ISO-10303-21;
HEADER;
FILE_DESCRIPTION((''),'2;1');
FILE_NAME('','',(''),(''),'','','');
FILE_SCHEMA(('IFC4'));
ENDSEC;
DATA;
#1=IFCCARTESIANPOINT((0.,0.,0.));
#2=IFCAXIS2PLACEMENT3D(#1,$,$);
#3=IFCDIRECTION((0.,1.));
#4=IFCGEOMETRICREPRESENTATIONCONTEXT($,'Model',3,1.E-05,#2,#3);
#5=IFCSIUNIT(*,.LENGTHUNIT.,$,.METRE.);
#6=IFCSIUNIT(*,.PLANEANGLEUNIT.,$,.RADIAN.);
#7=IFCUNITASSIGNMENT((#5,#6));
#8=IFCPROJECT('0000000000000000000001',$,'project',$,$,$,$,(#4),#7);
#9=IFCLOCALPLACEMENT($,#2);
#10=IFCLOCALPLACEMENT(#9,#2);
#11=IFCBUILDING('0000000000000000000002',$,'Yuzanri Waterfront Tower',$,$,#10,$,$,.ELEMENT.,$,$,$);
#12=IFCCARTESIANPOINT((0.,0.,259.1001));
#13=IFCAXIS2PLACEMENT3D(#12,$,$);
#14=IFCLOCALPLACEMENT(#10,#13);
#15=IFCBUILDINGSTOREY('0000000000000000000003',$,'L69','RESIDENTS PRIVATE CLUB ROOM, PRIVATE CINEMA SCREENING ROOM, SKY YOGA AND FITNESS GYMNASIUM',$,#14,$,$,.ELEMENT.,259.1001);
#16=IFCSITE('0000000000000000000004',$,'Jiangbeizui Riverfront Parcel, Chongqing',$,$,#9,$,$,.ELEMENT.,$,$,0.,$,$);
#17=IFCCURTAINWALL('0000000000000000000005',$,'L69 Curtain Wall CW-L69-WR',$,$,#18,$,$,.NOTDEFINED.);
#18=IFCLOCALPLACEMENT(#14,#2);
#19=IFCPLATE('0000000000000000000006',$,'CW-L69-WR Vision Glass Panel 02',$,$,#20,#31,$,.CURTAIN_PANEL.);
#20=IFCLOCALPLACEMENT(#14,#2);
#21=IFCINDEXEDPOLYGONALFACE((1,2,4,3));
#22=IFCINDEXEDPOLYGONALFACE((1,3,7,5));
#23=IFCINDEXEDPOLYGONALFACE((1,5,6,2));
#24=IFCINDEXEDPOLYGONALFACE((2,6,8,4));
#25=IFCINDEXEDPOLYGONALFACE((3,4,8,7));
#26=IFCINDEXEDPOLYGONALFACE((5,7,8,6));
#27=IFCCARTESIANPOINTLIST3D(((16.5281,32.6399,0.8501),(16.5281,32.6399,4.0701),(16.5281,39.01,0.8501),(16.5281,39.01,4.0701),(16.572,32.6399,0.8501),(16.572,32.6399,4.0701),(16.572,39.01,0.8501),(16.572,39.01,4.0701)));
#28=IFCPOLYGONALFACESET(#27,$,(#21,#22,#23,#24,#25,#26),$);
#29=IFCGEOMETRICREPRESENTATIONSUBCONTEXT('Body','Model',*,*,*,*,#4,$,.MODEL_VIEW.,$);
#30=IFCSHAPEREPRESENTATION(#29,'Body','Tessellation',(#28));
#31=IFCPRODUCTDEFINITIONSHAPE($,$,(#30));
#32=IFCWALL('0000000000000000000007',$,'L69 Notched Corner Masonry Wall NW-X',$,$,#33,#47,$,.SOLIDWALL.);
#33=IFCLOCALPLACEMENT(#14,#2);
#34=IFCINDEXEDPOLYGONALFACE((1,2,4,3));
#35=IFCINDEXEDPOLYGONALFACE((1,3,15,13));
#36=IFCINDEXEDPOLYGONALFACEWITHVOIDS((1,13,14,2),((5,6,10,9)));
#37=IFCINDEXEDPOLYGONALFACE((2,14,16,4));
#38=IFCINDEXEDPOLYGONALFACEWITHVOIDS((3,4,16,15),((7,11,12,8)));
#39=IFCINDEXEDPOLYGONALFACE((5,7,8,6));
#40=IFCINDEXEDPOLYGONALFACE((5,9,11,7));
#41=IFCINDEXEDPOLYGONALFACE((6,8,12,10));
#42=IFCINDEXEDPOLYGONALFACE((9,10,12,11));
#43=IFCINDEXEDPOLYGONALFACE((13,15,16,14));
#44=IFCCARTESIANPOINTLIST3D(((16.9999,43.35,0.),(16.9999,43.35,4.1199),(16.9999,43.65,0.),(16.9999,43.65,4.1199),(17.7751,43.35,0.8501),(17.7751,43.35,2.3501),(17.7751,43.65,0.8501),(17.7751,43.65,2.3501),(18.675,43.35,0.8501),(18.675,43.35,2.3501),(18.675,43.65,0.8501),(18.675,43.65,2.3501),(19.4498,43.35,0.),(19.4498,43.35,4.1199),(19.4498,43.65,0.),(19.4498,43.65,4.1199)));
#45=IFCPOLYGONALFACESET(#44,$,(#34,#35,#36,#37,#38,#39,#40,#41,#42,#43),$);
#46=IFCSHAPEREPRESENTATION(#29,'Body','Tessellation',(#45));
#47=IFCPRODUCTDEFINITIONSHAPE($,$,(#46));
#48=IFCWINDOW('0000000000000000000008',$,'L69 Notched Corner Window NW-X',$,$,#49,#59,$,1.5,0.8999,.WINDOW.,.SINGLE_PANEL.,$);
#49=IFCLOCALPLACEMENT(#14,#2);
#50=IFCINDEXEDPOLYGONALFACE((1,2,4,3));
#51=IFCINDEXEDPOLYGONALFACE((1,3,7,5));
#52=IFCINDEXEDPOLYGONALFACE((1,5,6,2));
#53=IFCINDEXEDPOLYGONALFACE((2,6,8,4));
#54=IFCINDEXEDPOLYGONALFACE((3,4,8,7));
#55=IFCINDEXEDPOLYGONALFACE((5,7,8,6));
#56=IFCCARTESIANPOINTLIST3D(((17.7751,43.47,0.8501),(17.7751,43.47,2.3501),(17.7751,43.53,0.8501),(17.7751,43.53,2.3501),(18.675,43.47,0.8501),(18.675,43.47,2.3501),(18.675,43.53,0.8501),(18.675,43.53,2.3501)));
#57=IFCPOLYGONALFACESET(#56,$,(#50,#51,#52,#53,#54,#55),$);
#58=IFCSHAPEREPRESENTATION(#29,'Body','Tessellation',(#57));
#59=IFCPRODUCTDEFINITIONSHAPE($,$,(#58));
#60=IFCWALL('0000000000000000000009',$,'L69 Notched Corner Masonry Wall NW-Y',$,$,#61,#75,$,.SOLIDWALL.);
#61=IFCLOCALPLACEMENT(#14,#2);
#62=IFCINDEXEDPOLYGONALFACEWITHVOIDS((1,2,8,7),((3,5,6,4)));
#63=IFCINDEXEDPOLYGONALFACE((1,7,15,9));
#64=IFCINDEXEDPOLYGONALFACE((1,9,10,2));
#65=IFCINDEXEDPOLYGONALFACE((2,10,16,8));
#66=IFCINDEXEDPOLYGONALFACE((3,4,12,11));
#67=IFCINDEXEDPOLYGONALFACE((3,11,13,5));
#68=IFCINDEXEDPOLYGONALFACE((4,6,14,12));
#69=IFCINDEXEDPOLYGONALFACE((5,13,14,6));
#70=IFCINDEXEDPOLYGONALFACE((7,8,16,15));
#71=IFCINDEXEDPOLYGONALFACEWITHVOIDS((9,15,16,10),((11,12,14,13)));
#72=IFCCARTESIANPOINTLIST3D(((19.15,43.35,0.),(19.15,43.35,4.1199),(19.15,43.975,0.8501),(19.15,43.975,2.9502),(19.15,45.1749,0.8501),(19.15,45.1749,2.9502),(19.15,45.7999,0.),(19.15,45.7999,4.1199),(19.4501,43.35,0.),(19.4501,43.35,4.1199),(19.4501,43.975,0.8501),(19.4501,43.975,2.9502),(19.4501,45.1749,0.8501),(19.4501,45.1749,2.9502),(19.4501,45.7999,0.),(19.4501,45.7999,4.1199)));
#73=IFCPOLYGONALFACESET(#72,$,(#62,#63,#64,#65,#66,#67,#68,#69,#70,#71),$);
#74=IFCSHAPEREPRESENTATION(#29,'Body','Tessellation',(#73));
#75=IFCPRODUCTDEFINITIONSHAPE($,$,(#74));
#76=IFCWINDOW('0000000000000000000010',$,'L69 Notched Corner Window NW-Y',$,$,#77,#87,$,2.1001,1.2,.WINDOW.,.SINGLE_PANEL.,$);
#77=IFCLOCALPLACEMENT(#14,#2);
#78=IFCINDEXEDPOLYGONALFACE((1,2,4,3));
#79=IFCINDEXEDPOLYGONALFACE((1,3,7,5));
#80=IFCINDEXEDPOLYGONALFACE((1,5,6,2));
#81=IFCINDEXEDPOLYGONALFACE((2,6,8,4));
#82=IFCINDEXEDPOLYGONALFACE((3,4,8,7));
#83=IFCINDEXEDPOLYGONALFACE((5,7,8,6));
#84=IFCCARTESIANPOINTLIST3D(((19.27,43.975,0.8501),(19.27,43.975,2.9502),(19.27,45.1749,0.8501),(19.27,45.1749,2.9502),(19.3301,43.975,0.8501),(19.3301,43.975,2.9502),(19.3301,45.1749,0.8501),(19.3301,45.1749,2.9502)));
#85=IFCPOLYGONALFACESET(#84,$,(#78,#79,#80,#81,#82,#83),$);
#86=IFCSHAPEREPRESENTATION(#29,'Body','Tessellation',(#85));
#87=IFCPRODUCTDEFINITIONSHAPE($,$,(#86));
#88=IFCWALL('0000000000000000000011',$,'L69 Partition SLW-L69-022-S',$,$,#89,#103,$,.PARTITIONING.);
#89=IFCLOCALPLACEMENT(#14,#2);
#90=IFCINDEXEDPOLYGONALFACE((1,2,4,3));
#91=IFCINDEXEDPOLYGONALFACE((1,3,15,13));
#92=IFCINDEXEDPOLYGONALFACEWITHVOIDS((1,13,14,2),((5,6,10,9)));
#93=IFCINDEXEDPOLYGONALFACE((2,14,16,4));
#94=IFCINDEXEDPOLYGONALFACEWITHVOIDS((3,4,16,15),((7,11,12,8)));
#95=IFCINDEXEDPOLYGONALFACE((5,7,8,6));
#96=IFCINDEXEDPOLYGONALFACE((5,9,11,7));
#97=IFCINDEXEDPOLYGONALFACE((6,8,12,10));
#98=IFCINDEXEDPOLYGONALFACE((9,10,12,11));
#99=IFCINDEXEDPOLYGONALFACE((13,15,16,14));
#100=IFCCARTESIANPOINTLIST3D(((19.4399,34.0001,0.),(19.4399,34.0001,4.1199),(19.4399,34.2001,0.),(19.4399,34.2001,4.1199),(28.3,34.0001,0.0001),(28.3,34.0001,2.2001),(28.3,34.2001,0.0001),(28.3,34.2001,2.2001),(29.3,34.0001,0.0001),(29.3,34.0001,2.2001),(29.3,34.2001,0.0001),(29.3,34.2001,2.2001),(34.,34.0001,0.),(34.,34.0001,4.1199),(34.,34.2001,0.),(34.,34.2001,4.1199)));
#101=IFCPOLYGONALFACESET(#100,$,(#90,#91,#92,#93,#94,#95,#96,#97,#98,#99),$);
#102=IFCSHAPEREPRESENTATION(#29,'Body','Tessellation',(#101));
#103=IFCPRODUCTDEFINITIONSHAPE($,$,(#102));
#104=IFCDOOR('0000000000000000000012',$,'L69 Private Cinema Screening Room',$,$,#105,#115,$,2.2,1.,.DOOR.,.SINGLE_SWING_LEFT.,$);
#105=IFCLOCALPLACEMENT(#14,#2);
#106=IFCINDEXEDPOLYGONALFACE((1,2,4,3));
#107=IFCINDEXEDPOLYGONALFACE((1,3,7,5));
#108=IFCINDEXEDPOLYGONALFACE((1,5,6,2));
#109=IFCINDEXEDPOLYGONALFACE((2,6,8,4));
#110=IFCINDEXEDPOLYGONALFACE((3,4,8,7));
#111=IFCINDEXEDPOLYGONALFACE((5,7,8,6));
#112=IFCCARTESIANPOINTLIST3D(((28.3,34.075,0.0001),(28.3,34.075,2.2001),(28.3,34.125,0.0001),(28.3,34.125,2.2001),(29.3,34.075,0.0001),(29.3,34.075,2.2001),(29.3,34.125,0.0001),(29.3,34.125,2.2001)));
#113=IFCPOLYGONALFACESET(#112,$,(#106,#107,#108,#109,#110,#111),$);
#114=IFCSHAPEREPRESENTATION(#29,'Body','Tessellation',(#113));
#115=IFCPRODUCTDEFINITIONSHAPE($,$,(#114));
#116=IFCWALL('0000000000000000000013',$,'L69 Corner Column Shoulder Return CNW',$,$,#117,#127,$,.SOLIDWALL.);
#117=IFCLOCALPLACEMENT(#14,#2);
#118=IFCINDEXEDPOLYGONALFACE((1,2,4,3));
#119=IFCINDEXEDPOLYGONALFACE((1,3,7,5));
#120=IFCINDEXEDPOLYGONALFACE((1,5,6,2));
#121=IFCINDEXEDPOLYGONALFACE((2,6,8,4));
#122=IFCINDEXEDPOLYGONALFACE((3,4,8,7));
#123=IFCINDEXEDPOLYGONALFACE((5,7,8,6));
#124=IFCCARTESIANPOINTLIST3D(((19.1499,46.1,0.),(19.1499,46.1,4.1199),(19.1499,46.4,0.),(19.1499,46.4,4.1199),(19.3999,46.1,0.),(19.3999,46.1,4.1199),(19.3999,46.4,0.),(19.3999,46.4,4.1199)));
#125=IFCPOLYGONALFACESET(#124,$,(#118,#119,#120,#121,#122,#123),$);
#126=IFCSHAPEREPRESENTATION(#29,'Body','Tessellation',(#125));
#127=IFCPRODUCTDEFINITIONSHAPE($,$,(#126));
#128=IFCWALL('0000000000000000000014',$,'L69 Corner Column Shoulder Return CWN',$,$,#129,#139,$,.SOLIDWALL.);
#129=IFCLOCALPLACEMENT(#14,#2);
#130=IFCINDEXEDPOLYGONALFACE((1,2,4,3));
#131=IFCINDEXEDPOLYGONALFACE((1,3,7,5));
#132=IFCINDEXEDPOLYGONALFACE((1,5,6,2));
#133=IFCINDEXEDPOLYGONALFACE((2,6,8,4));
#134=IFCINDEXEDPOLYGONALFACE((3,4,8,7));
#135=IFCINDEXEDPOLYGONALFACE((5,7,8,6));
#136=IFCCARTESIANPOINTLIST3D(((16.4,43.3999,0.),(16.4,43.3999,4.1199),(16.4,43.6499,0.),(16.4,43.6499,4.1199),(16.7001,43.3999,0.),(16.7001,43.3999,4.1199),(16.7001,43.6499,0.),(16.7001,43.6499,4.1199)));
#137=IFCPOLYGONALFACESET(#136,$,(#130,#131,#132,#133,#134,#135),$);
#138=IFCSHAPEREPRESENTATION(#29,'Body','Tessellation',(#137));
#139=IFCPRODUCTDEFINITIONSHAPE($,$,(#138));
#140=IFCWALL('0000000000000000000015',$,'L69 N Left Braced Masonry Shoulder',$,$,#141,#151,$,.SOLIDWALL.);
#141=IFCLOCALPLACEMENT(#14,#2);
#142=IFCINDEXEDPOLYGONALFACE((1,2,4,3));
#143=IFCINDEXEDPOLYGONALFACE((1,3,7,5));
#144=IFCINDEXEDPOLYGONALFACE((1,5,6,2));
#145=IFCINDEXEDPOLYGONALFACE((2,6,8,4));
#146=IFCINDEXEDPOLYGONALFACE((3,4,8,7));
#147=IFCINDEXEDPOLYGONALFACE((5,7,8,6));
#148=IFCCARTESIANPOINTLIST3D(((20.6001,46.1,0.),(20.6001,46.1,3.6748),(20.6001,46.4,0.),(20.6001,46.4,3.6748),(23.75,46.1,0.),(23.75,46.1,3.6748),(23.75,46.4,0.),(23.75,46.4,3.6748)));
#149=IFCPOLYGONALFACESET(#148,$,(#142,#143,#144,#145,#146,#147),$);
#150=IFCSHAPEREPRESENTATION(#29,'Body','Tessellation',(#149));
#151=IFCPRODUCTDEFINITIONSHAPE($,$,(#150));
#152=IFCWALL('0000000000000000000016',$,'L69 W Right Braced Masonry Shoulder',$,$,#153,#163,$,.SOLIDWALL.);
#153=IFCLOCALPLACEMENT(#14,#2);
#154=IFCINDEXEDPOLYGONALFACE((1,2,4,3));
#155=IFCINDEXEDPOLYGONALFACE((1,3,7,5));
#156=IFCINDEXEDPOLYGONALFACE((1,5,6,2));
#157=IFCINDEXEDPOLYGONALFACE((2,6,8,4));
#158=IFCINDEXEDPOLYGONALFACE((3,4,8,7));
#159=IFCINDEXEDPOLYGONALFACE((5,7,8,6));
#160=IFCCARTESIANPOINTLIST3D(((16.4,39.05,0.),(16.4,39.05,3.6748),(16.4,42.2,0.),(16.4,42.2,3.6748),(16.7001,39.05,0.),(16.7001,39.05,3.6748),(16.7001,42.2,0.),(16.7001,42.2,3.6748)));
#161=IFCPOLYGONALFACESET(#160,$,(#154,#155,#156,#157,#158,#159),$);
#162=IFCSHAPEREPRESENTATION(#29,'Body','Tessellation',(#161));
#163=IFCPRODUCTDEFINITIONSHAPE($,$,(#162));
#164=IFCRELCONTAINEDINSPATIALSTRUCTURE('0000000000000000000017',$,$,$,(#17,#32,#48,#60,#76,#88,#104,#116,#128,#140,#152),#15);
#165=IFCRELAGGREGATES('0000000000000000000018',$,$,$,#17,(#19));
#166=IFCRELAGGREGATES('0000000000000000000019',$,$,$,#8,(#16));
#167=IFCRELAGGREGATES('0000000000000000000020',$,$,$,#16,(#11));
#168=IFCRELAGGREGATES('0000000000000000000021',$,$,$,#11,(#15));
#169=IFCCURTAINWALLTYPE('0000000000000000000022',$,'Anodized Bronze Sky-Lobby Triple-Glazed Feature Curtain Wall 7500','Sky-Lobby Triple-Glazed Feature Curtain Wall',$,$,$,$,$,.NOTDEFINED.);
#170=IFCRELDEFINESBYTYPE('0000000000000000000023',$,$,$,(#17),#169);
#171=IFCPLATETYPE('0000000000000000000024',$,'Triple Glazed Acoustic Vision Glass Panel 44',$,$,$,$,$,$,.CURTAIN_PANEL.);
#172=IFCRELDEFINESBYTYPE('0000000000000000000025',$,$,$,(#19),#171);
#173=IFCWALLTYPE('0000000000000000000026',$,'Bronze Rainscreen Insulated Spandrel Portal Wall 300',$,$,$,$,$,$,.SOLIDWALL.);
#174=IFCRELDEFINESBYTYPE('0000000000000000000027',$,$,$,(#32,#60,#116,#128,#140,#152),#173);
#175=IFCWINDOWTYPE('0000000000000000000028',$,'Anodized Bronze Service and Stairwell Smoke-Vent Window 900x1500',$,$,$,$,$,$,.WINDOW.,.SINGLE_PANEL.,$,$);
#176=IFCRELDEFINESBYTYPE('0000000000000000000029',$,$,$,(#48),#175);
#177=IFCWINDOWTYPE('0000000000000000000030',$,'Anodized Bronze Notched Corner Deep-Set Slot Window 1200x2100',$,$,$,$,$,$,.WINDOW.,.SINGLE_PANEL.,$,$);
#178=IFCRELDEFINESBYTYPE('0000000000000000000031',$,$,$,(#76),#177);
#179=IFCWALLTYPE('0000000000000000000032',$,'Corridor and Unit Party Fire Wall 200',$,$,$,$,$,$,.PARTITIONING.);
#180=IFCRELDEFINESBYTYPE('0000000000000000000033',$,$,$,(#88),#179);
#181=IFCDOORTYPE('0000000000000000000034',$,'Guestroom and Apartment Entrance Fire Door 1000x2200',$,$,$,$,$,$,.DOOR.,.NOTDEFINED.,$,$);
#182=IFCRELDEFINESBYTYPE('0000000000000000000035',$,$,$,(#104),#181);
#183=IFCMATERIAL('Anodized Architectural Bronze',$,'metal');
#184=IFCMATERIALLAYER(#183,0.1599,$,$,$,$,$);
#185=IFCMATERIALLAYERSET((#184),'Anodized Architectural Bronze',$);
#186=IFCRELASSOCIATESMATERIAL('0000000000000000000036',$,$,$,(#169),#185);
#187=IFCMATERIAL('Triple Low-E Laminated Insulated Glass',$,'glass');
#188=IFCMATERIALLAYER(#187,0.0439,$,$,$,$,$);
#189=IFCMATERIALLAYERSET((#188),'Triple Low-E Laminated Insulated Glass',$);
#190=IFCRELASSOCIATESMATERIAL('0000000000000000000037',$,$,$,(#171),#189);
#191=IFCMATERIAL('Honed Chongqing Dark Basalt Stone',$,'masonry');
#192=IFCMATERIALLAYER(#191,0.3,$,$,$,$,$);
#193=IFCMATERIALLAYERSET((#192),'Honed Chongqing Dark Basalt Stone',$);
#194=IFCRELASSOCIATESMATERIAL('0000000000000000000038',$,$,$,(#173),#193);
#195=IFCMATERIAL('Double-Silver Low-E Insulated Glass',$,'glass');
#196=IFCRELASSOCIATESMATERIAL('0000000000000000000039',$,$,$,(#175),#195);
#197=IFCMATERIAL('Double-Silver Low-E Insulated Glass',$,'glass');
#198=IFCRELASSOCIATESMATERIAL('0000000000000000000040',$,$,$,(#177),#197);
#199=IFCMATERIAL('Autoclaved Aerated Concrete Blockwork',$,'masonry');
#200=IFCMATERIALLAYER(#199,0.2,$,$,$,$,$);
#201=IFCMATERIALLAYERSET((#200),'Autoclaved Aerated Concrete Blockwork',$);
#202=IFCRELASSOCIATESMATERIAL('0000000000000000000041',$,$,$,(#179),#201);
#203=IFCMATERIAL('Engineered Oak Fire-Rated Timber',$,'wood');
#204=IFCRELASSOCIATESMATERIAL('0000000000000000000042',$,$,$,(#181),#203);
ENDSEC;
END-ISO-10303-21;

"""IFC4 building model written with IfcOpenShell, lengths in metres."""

from ifc_helpers import new_model, si_unit, direction, frame, frame_2d, origin, origin_2d, place, context, subcontext, project, spatial, rectangle, extrude, source, transform, mapped, material, layer, layer_set, type_object, element, fill, aggregate, save


model = new_model("IFC4")

# Units and contexts
model_context = context("Model", 3, precision=1e-05, world=origin(), true_north=direction((0.0, 1.0)))
body_context = subcontext(model_context, "Body", "Model", "MODEL_VIEW")
ifc_project = project(units=[si_unit("LENGTHUNIT", "METRE"), si_unit("PLANEANGLEUNIT", "RADIAN")], contexts=[model_context])

# Site, building, storey
site_placement = place(None, origin())
site = spatial("IfcSite", under=ifc_project, at=site_placement, Name="Jiangbeizui Riverfront Parcel, Chongqing", CompositionType="ELEMENT", RefElevation=0.0)
building_placement = place(site_placement, origin())
building = spatial("IfcBuilding", under=site, at=building_placement, Name="Yuzanri Waterfront Tower", CompositionType="ELEMENT")
storey_placement = place(building_placement, frame((0.0, 0.0, 259.1001)))
storey = spatial("IfcBuildingStorey", under=building, at=storey_placement, Name="L69", Description="RESIDENTS PRIVATE CLUB ROOM, PRIVATE CINEMA SCREENING ROOM, SKY YOGA AND FITNESS GYMNASIUM", CompositionType="ELEMENT", Elevation=259.1001)

# Curtain wall
ifc_material_1 = material(Name="Anodized Architectural Bronze", Category="metal")
ifc_layer_1 = layer(ifc_material_1, 0.1599)
ifc_layer_set_1 = layer_set([ifc_layer_1], Name="Anodized Architectural Bronze")
curtain_wall_type = type_object("IfcCurtainWallType", Name="Anodized Bronze Sky-Lobby Triple-Glazed Feature Curtain Wall 7500", Description="Sky-Lobby Triple-Glazed Feature Curtain Wall", PredefinedType="NOTDEFINED", material=ifc_layer_set_1)
curtain_wall_placement = place(storey_placement, origin())
curtain_wall = element("IfcCurtainWall", 1, at=curtain_wall_placement, inside=storey, type_object=curtain_wall_type, Name="L69 Curtain Wall CW-L69-WR", PredefinedType="NOTDEFINED")

# Plate
ifc_material_2 = material(Name="Triple Low-E Laminated Insulated Glass", Category="glass")
ifc_layer_2 = layer(ifc_material_2, 0.0439)
ifc_layer_set_2 = layer_set([ifc_layer_2], Name="Triple Low-E Laminated Insulated Glass")
plate_type_1 = type_object("IfcPlateType", Name="Triple Glazed Acoustic Vision Glass Panel 44", PredefinedType="CURTAIN_PANEL", material=ifc_layer_set_2)
shared_shape_1 = source(origin(), body_context, "Body", "SweptSolid", [
    extrude(rectangle(XDim=6.3701, YDim=0.0439, at=origin_2d()), origin(), (0.0, 0.0, 1.0), 3.22),
])
plate_1_placement = place(storey_placement, frame((16.55, 35.825, 0.8501), z_axis=(0.0, 0.0, 1.0), x_axis=(0.0, 1.0, 0.0)))
plate_1 = element("IfcPlate", 2, at=plate_1_placement, type_object=plate_type_1, Name="CW-L69-WR Vision Glass Panel 02", PredefinedType="CURTAIN_PANEL", context=body_context, shape_type="MappedRepresentation", body=[
    mapped(shared_shape_1, transform((0.0, 0.0, 0.0), scale=1.0)),
])
aggregate(curtain_wall, [plate_1])

# Walls, openings, windows
ifc_material_3 = material(Name="Honed Chongqing Dark Basalt Stone", Category="masonry")
ifc_layer_3 = layer(ifc_material_3, 0.3)
ifc_layer_set_3 = layer_set([ifc_layer_3], Name="Honed Chongqing Dark Basalt Stone")
wall_type_1 = type_object("IfcWallType", Name="Bronze Rainscreen Insulated Spandrel Portal Wall 300", PredefinedType="SOLIDWALL", material=ifc_layer_set_3)
wall_1_placement = place(storey_placement, frame((19.45, 43.5, 0.0), z_axis=(0.0, 0.0, 1.0), x_axis=(-1.0, 0.0, 0.0)))
wall_1 = element("IfcWall", 3, at=wall_1_placement, inside=storey, type_object=wall_type_1, Name="L69 Notched Corner Masonry Wall NW-X", PredefinedType="SOLIDWALL", context=body_context, shape_type="SweptSolid", body=[
    extrude(rectangle(XDim=2.45, YDim=0.3, at=frame_2d((1.2251, 0.0))), origin(), (0.0, 0.0, 1.0), 4.1199),
])
opening_1_placement = place(wall_1_placement, frame((0.7749, 0.0, 0.8501)))
opening_1 = element("IfcOpeningElement", 4, at=opening_1_placement, cuts=wall_1, PredefinedType="OPENING", context=body_context, shape_type="SweptSolid", body=[
    extrude(rectangle(XDim=0.8999, YDim=1.5, at=frame_2d((0.45, 0.75))), frame((0.0, 0.165, 0.0), z_axis=(0.0, -1.0, 0.0), x_axis=(1.0, 0.0, 0.0)), (0.0, 0.0, 1.0), 0.3298),
])
ifc_material_4 = material(Name="Double-Silver Low-E Insulated Glass", Category="glass")
window_type_1 = type_object("IfcWindowType", Name="Anodized Bronze Service and Stairwell Smoke-Vent Window 900x1500", PartitioningType="SINGLE_PANEL", PredefinedType="WINDOW", material=ifc_material_4)
shared_shape_2 = source(origin(), body_context, "Body", "SweptSolid", [
    extrude(rectangle(XDim=0.8999, YDim=1.5, at=frame_2d((0.45, 0.75))), frame((0.0, 0.03, 0.0), z_axis=(0.0, -1.0, 0.0), x_axis=(1.0, 0.0, 0.0)), (0.0, 0.0, 1.0), 0.0601),
])
window_1_placement = place(opening_1_placement, origin())
window_1 = element("IfcWindow", 5, at=window_1_placement, inside=storey, type_object=window_type_1, Name="L69 Notched Corner Window NW-X", OverallHeight=1.5, OverallWidth=0.8999, PartitioningType="SINGLE_PANEL", PredefinedType="WINDOW", context=body_context, shape_type="MappedRepresentation", body=[
    mapped(shared_shape_2, transform((0.0, 0.0, 0.0), scale=1.0)),
])
fill(opening_1, window_1)
wall_2_placement = place(storey_placement, frame((19.3, 45.8, 0.0), z_axis=(0.0, 0.0, 1.0), x_axis=(0.0, -1.0, 0.0)))
wall_2 = element("IfcWall", 6, at=wall_2_placement, inside=storey, type_object=wall_type_1, Name="L69 Notched Corner Masonry Wall NW-Y", PredefinedType="SOLIDWALL", context=body_context, shape_type="SweptSolid", body=[
    extrude(rectangle(XDim=2.45, YDim=0.3, at=frame_2d((1.2251, 0.0))), origin(), (0.0, 0.0, 1.0), 4.1199),
])
opening_2_placement = place(wall_2_placement, frame((0.625, 0.0, 0.8501)))
opening_2 = element("IfcOpeningElement", 7, at=opening_2_placement, cuts=wall_2, PredefinedType="OPENING", context=body_context, shape_type="SweptSolid", body=[
    extrude(rectangle(XDim=1.2, YDim=2.1001, at=frame_2d((0.6001, 1.05))), frame((0.0, 0.165, 0.0), z_axis=(0.0, -1.0, 0.0), x_axis=(1.0, 0.0, 0.0)), (0.0, 0.0, 1.0), 0.3298),
])
ifc_material_5 = material(Name="Double-Silver Low-E Insulated Glass", Category="glass")
window_type_2 = type_object("IfcWindowType", Name="Anodized Bronze Notched Corner Deep-Set Slot Window 1200x2100", PartitioningType="SINGLE_PANEL", PredefinedType="WINDOW", material=ifc_material_5)
shared_shape_3 = source(origin(), body_context, "Body", "SweptSolid", [
    extrude(rectangle(XDim=1.2, YDim=2.1001, at=frame_2d((0.6001, 1.05))), frame((0.0, 0.03, 0.0), z_axis=(0.0, -1.0, 0.0), x_axis=(1.0, 0.0, 0.0)), (0.0, 0.0, 1.0), 0.0601),
])
window_2_placement = place(opening_2_placement, origin())
window_2 = element("IfcWindow", 8, at=window_2_placement, inside=storey, type_object=window_type_2, Name="L69 Notched Corner Window NW-Y", OverallHeight=2.1001, OverallWidth=1.2, PartitioningType="SINGLE_PANEL", PredefinedType="WINDOW", context=body_context, shape_type="MappedRepresentation", body=[
    mapped(shared_shape_3, transform((0.0, 0.0, 0.0), scale=1.0)),
])
fill(opening_2, window_2)

# Wall, opening, door
ifc_material_6 = material(Name="Autoclaved Aerated Concrete Blockwork", Category="masonry")
ifc_layer_4 = layer(ifc_material_6, 0.2)
ifc_layer_set_4 = layer_set([ifc_layer_4], Name="Autoclaved Aerated Concrete Blockwork")
wall_type_2 = type_object("IfcWallType", Name="Corridor and Unit Party Fire Wall 200", PredefinedType="PARTITIONING", material=ifc_layer_set_4)
wall_3_placement = place(storey_placement, frame((19.4399, 34.1001, 0.0), z_axis=(0.0, 0.0, 1.0), x_axis=(1.0, 0.0, 0.0)))
wall_3 = element("IfcWall", 9, at=wall_3_placement, inside=storey, type_object=wall_type_2, Name="L69 Partition SLW-L69-022-S", PredefinedType="PARTITIONING", context=body_context, shape_type="SweptSolid", body=[
    extrude(rectangle(XDim=14.5601, YDim=0.2, at=frame_2d((7.28, 0.0))), origin(), (0.0, 0.0, 1.0), 4.1199),
])
opening_3_placement = place(wall_3_placement, frame((8.8601, 0.0, 0.0)))
opening_3 = element("IfcOpeningElement", 10, at=opening_3_placement, cuts=wall_3, PredefinedType="OPENING", context=body_context, shape_type="SweptSolid", body=[
    extrude(rectangle(XDim=1.0, YDim=2.2, at=frame_2d((0.5, 1.1001))), frame((0.0, 0.1147, 0.0), z_axis=(0.0, -1.0, 0.0), x_axis=(1.0, 0.0, 0.0)), (0.0, 0.0, 1.0), 0.2297),
])
ifc_material_7 = material(Name="Engineered Oak Fire-Rated Timber", Category="wood")
door_type = type_object("IfcDoorType", Name="Guestroom and Apartment Entrance Fire Door 1000x2200", OperationType="NOTDEFINED", PredefinedType="DOOR", material=ifc_material_7)
shared_shape_4 = source(origin(), body_context, "Body", "SweptSolid", [
    extrude(rectangle(XDim=1.0, YDim=2.2, at=frame_2d((0.5, 1.1001))), frame((0.0, 0.0249, 0.0), z_axis=(0.0, -1.0, 0.0), x_axis=(1.0, 0.0, 0.0)), (0.0, 0.0, 1.0), 0.05),
])
door_placement = place(opening_3_placement, origin())
door = element("IfcDoor", 11, at=door_placement, inside=storey, type_object=door_type, Name="L69 Private Cinema Screening Room", OperationType="SINGLE_SWING_LEFT", OverallHeight=2.2, OverallWidth=1.0, PredefinedType="DOOR", context=body_context, shape_type="MappedRepresentation", body=[
    mapped(shared_shape_4, transform((0.0, 0.0, 0.0), scale=1.0)),
])
fill(opening_3, door)

# Walls
shared_shape_5 = source(origin(), body_context, "Body", "SweptSolid", [
    extrude(rectangle(XDim=0.25, YDim=0.3, at=frame_2d((0.125, 0.0))), origin(), (0.0, 0.0, 1.0), 4.1199),
])
for number, where, z_axis, x_axis, name in (
    (12, (19.1499, 46.25, 0.0), (0.0, 0.0, 1.0), (1.0, 0.0, 0.0), "L69 Corner Column Shoulder Return CNW"),
    (13, (16.55, 43.3999, 0.0), (0.0, 0.0, 1.0), (0.0, 1.0, 0.0), "L69 Corner Column Shoulder Return CWN"),
):
    element("IfcWall", number, at=place(storey_placement, frame(where, z_axis=z_axis, x_axis=x_axis)), inside=storey, type_object=wall_type_1, Name=name, PredefinedType="SOLIDWALL", context=body_context, shape_type="MappedRepresentation", body=[
        mapped(shared_shape_5, transform((0.0, 0.0, 0.0), scale=1.0)),
    ])
shared_shape_6 = source(origin(), body_context, "Body", "SweptSolid", [
    extrude(rectangle(XDim=3.1499, YDim=0.3, at=frame_2d((1.575, 0.0))), origin(), (0.0, 0.0, 1.0), 3.6748),
])
for number, where, z_axis, x_axis, name in (
    (14, (20.6001, 46.25, 0.0), (0.0, 0.0, 1.0), (1.0, 0.0, 0.0), "L69 N Left Braced Masonry Shoulder"),
    (15, (16.55, 39.05, 0.0), (0.0, 0.0, 1.0), (0.0, 1.0, 0.0), "L69 W Right Braced Masonry Shoulder"),
):
    element("IfcWall", number, at=place(storey_placement, frame(where, z_axis=z_axis, x_axis=x_axis)), inside=storey, type_object=wall_type_1, Name=name, PredefinedType="SOLIDWALL", context=body_context, shape_type="MappedRepresentation", body=[
        mapped(shared_shape_6, transform((0.0, 0.0, 0.0), scale=1.0)),
    ])

save(model, "model.ifc")
